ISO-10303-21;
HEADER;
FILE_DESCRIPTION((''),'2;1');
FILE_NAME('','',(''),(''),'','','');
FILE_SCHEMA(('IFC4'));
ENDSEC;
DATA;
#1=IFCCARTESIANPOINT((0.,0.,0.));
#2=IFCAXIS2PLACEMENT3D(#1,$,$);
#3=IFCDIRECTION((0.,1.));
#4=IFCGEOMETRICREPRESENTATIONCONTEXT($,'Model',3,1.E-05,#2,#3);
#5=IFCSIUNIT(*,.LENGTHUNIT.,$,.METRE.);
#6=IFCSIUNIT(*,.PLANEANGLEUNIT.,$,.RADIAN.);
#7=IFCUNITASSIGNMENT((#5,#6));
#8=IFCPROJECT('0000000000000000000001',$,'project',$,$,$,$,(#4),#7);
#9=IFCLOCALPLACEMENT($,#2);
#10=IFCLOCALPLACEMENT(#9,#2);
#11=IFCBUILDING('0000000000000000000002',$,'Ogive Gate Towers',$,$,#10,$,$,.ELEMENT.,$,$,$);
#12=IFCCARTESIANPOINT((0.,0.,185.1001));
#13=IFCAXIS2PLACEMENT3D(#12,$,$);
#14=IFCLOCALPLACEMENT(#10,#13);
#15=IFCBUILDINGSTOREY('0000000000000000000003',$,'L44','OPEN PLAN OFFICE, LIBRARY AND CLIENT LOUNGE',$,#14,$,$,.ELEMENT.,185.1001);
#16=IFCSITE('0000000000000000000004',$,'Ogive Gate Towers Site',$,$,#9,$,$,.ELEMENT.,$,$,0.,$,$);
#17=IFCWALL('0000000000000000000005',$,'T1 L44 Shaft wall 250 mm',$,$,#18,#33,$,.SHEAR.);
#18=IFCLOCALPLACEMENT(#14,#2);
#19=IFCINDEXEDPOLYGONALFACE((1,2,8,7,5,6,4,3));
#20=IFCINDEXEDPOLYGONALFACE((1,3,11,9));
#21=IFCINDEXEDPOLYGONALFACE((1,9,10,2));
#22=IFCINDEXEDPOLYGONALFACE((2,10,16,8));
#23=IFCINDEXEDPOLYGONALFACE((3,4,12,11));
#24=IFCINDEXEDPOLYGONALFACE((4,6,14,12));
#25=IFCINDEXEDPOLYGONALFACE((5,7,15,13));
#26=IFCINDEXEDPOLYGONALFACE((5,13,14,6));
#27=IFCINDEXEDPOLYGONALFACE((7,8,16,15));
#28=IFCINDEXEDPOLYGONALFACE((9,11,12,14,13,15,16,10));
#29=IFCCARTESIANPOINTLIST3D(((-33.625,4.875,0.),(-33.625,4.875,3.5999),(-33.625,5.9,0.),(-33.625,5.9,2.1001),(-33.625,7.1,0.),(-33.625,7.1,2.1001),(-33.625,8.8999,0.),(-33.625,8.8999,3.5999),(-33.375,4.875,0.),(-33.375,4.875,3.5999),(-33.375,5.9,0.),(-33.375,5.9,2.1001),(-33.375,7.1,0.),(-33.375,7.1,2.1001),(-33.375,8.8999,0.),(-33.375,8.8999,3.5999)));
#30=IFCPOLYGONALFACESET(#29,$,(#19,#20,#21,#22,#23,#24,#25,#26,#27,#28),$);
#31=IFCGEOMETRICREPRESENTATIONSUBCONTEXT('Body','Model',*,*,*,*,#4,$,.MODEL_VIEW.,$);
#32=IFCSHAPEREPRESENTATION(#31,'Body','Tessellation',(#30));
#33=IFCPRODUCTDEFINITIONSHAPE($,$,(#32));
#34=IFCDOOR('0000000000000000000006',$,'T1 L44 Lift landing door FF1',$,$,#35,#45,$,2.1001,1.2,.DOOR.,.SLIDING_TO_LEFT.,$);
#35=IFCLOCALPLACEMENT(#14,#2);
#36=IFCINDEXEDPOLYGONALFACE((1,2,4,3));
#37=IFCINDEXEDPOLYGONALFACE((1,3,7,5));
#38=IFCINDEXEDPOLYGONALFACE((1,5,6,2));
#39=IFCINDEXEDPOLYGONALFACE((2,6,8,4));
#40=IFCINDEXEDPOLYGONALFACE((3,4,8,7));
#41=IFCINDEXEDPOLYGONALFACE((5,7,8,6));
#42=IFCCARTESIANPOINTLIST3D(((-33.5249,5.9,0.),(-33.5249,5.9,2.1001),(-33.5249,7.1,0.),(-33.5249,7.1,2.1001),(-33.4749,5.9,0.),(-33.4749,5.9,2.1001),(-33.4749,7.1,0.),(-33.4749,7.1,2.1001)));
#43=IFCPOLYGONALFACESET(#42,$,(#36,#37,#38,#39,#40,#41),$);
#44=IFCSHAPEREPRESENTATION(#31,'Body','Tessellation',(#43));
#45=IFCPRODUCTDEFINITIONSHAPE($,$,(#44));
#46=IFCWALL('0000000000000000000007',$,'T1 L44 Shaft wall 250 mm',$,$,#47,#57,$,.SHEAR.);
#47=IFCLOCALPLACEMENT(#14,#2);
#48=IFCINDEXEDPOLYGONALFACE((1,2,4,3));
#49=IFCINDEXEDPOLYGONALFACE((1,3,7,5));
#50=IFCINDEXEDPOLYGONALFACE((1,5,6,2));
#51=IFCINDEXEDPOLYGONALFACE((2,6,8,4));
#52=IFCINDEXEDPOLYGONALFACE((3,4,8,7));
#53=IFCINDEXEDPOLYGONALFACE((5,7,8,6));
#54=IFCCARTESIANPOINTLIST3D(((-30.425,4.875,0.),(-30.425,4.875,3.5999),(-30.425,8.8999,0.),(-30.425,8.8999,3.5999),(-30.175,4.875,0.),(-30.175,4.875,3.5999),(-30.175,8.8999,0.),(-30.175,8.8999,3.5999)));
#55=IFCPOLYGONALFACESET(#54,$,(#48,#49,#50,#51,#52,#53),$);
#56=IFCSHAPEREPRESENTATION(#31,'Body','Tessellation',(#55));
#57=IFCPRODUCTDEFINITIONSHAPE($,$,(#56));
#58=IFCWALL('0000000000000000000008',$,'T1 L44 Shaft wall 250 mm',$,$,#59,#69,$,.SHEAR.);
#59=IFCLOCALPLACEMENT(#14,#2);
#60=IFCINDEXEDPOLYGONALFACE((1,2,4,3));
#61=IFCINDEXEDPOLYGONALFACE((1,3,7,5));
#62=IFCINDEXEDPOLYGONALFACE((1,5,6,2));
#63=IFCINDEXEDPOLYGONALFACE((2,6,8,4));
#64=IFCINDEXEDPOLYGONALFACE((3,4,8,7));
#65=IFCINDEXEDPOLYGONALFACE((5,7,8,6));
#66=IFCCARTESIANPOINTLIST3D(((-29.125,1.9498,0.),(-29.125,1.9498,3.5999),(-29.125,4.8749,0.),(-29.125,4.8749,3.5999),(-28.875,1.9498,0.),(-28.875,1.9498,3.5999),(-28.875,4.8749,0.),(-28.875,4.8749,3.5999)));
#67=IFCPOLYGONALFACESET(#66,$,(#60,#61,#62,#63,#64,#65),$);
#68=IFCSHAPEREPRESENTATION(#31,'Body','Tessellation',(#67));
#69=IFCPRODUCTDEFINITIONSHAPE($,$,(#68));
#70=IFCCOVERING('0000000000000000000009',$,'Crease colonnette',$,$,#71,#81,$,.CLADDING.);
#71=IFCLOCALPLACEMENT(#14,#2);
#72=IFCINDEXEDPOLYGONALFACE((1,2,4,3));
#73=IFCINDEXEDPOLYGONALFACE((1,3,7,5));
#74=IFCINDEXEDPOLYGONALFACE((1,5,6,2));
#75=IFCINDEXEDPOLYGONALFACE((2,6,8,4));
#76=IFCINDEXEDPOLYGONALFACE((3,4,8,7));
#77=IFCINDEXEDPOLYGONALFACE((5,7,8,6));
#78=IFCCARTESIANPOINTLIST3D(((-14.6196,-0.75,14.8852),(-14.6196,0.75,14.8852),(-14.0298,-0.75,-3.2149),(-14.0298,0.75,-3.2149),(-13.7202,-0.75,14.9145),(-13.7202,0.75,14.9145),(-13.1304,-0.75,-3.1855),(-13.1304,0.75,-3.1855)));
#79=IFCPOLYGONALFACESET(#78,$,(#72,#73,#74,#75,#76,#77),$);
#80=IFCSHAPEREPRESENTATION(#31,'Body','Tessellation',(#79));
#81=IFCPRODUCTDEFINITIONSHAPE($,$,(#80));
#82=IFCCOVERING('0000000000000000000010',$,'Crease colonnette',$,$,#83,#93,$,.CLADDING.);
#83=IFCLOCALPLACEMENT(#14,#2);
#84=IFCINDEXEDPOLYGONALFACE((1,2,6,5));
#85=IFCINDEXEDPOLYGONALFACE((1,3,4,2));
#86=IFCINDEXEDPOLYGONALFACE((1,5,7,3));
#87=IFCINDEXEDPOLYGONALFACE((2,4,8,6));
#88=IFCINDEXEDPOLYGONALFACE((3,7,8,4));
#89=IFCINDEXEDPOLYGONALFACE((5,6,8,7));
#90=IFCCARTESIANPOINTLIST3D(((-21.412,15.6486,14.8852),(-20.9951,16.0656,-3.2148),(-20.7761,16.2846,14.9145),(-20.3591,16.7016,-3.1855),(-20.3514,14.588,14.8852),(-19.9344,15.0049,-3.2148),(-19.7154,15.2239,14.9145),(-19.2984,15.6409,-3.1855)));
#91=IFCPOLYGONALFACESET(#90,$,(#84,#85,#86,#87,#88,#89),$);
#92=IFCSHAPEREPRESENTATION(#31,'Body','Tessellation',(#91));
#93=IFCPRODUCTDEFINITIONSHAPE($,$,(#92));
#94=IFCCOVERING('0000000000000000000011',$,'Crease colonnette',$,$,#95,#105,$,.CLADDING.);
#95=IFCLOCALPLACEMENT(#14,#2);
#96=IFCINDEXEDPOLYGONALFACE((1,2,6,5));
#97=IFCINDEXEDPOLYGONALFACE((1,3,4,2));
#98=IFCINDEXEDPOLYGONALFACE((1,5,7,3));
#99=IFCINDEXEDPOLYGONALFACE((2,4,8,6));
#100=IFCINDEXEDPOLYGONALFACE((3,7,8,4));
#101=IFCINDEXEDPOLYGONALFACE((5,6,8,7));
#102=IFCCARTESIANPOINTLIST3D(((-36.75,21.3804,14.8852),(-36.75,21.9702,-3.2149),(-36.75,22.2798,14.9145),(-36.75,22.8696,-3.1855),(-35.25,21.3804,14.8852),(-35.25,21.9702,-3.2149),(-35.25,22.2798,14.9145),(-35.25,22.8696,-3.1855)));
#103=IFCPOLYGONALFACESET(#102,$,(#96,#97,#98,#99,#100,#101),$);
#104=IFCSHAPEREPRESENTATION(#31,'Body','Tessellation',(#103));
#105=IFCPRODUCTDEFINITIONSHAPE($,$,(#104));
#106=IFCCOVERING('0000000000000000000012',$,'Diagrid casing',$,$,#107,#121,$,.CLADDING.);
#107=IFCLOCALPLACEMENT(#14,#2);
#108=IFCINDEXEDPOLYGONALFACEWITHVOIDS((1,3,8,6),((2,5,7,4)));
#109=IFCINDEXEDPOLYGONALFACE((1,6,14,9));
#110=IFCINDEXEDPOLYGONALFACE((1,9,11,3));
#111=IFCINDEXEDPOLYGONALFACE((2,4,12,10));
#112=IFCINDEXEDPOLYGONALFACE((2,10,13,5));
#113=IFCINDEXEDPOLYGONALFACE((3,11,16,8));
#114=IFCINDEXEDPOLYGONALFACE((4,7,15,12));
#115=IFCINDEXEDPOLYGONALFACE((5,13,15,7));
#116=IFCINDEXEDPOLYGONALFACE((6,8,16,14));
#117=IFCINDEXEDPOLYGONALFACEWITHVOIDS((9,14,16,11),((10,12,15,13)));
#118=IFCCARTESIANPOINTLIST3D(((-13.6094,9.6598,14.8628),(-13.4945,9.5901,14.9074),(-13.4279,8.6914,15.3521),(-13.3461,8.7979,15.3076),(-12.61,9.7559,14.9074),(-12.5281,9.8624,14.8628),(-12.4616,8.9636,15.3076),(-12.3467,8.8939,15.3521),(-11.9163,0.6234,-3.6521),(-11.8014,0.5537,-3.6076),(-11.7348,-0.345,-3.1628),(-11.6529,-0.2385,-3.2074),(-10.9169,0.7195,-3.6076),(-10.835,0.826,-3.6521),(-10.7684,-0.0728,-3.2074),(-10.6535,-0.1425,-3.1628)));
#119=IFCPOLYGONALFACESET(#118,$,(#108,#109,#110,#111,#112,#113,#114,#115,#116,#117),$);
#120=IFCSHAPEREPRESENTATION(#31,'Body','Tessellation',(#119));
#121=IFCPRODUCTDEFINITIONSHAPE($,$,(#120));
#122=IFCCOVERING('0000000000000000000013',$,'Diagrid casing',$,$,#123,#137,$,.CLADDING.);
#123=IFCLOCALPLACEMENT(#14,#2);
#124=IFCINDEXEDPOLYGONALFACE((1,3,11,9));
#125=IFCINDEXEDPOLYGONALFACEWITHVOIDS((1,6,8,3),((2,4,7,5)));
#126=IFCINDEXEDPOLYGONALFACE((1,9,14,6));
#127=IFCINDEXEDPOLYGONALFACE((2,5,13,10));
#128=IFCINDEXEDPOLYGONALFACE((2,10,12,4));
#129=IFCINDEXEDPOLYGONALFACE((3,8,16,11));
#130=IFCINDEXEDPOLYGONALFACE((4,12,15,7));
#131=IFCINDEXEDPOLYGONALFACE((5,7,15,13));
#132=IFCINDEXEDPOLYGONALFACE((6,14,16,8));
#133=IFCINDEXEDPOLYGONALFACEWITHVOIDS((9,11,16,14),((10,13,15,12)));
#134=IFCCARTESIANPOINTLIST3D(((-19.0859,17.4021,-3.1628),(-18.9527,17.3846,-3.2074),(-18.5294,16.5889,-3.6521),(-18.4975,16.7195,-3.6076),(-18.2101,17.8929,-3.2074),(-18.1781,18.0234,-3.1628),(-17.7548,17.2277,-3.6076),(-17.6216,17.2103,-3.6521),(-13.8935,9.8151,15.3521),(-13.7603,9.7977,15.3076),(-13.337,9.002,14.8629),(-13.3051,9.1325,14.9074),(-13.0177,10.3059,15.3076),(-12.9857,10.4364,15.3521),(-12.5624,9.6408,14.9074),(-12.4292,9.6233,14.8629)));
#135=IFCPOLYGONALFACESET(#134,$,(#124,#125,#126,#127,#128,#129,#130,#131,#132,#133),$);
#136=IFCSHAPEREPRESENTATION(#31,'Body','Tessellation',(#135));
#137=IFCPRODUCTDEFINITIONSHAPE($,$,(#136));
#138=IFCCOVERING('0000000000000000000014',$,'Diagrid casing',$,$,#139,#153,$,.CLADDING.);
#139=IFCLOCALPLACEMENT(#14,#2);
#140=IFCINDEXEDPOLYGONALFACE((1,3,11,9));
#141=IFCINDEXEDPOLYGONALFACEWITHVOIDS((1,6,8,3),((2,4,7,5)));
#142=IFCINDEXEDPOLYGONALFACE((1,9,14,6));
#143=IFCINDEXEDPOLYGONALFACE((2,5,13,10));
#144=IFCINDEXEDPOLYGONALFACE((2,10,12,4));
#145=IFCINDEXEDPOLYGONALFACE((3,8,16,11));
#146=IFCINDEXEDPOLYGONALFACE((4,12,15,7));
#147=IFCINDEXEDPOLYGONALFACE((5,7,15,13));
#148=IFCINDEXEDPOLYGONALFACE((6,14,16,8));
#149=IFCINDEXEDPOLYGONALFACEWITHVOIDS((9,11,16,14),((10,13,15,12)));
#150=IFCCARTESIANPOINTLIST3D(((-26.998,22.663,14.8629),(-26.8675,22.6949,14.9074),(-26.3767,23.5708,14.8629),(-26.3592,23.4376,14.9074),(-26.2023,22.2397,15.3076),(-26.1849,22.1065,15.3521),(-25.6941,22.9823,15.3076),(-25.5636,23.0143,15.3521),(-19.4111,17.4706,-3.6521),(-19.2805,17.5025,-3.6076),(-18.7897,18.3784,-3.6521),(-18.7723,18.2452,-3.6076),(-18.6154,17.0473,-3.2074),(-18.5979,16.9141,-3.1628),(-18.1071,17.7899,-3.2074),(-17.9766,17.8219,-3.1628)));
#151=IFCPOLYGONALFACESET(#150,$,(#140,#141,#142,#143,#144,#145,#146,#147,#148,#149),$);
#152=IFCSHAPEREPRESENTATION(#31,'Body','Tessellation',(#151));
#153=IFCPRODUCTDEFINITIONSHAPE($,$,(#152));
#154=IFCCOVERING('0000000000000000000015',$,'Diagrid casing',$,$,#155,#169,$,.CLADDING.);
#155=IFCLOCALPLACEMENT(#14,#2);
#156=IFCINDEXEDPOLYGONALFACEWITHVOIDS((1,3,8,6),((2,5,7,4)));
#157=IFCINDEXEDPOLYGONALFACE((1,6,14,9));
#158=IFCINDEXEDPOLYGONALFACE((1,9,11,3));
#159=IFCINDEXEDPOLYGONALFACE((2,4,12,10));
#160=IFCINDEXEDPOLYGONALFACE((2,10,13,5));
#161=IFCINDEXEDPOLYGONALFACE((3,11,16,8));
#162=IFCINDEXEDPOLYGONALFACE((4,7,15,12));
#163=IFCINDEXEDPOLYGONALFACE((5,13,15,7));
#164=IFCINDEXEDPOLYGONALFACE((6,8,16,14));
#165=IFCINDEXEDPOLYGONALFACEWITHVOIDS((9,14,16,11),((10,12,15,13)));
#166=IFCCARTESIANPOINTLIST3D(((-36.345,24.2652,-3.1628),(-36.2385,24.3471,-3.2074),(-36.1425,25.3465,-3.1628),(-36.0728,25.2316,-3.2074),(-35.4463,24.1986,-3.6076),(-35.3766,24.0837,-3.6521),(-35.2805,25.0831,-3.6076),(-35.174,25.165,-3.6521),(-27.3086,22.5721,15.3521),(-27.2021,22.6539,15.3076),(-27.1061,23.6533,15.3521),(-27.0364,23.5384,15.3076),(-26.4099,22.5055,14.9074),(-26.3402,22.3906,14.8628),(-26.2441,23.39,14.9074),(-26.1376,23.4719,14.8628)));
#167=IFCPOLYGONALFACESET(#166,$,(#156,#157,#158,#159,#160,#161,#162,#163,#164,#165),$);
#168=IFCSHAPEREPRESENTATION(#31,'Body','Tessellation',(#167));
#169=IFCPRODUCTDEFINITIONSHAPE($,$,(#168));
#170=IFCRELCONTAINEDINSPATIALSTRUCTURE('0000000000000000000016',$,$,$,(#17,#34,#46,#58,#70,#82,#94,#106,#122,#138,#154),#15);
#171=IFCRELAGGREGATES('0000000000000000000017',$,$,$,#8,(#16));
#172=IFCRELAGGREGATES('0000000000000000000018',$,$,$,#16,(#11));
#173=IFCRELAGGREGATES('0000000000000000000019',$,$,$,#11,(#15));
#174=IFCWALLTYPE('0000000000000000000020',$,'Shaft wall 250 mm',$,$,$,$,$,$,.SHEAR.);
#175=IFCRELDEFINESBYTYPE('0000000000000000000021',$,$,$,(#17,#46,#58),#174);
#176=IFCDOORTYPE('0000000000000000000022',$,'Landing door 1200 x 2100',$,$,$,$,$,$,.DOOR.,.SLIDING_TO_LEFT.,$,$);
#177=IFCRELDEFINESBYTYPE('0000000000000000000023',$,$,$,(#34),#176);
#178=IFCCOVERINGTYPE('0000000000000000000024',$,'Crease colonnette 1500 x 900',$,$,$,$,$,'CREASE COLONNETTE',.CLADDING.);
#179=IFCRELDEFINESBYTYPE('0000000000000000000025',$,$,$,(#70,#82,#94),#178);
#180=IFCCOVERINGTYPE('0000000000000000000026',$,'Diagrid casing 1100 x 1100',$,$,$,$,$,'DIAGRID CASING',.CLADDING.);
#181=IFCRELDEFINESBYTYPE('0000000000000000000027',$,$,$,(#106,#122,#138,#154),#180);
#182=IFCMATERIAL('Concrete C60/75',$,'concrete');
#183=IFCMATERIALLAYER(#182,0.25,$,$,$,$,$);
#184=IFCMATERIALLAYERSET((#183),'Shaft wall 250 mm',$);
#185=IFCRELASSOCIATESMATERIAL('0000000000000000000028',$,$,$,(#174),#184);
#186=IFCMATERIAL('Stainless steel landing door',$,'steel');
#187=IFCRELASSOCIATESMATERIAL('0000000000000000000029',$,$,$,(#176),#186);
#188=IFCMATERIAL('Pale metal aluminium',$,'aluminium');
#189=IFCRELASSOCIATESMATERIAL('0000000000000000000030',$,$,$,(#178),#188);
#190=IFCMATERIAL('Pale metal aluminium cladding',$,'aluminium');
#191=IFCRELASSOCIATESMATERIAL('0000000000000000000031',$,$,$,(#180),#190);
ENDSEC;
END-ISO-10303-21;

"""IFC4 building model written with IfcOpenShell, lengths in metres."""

from ifc_helpers import new_model, si_unit, direction, frame, frame_2d, origin, origin_2d, place, context, subcontext, project, spatial, rectangle, hollow_rectangle, extrude, material, layer, layer_set, material_profile, profile_set, type_object, element, fill, save


model = new_model("IFC4")

# Units and contexts
model_context = context("Model", 3, precision=1e-05, world=origin(), true_north=direction((0.0, 1.0)))
body_context = subcontext(model_context, "Body", "Model", "MODEL_VIEW")
ifc_project = project(units=[si_unit("LENGTHUNIT", "METRE"), si_unit("PLANEANGLEUNIT", "RADIAN")], contexts=[model_context])

# Site, building, storey
site_placement = place(None, origin())
site = spatial("IfcSite", under=ifc_project, at=site_placement, Name="Ogive Gate Towers Site", CompositionType="ELEMENT", RefElevation=0.0)
building_placement = place(site_placement, origin())
building = spatial("IfcBuilding", under=site, at=building_placement, Name="Ogive Gate Towers", CompositionType="ELEMENT")
storey_placement = place(building_placement, frame((0.0, 0.0, 185.1001)))
storey = spatial("IfcBuildingStorey", under=building, at=storey_placement, Name="L44", Description="OPEN PLAN OFFICE, LIBRARY AND CLIENT LOUNGE", CompositionType="ELEMENT", Elevation=185.1001)

# Wall, opening, door
ifc_material_1 = material(Name="Concrete C60/75", Category="concrete")
ifc_layer_1 = layer(ifc_material_1, 0.25)
ifc_layer_set_1 = layer_set([ifc_layer_1], Name="Shaft wall 250 mm")
wall_type_1 = type_object("IfcWallType", Name="Shaft wall 250 mm", PredefinedType="SHEAR", material=ifc_layer_set_1)
wall_1_placement = place(storey_placement, frame((-33.5, 4.875, 0.0), z_axis=(0.0, 0.0, 1.0), x_axis=(0.0, 1.0, 0.0)))
wall_1 = element("IfcWall", 1, at=wall_1_placement, inside=storey, type_object=wall_type_1, Name="T1 L44 Shaft wall 250 mm", PredefinedType="SHEAR", context=body_context, shape_type="SweptSolid", body=[
    extrude(rectangle(XDim=4.0249, YDim=0.25, at=frame_2d((2.0125, 0.0))), origin(), (0.0, 0.0, 1.0), 3.5999),
])
opening_1_placement = place(wall_1_placement, frame((1.0249, 0.0, 0.0)))
opening_1 = element("IfcOpeningElement", 2, at=opening_1_placement, cuts=wall_1, PredefinedType="OPENING", context=body_context, shape_type="SweptSolid", body=[
    extrude(rectangle(XDim=1.2, YDim=2.1001, at=frame_2d((0.6001, 1.05))), frame((0.0, 0.135, 0.0), z_axis=(0.0, -1.0, 0.0), x_axis=(1.0, 0.0, 0.0)), (0.0, 0.0, 1.0), 0.27),
])
ifc_material_2 = material(Name="Stainless steel landing door", Category="steel")
door_type_1 = type_object("IfcDoorType", Name="Landing door 1200 x 2100", OperationType="SLIDING_TO_LEFT", PredefinedType="DOOR", material=ifc_material_2)
door_1_placement = place(opening_1_placement, origin())
door_1 = element("IfcDoor", 3, at=door_1_placement, inside=storey, type_object=door_type_1, Name="T1 L44 Lift landing door FF1", OperationType="SLIDING_TO_LEFT", OverallHeight=2.1001, OverallWidth=1.2, PredefinedType="DOOR", context=body_context, shape_type="SweptSolid", body=[
    extrude(rectangle(XDim=1.2, YDim=2.1001, at=frame_2d((0.6001, 1.05))), frame((0.0, 0.0249, 0.0), z_axis=(0.0, -1.0, 0.0), x_axis=(1.0, 0.0, 0.0)), (0.0, 0.0, 1.0), 0.05),
])
fill(opening_1, door_1)

# Walls
wall_2_placement = place(storey_placement, frame((-30.3, 4.875, 0.0), z_axis=(0.0, 0.0, 1.0), x_axis=(0.0, 1.0, 0.0)))
element("IfcWall", 4, at=wall_2_placement, inside=storey, type_object=wall_type_1, Name="T1 L44 Shaft wall 250 mm", PredefinedType="SHEAR", context=body_context, shape_type="SweptSolid", body=[
    extrude(rectangle(XDim=4.0249, YDim=0.25, at=frame_2d((2.0125, 0.0))), origin(), (0.0, 0.0, 1.0), 3.5999),
])
wall_3_placement = place(storey_placement, frame((-29.0, 1.95, 0.0), z_axis=(0.0, 0.0, 1.0), x_axis=(0.0, 1.0, 0.0)))
element("IfcWall", 5, at=wall_3_placement, inside=storey, type_object=wall_type_1, Name="T1 L44 Shaft wall 250 mm", PredefinedType="SHEAR", context=body_context, shape_type="SweptSolid", body=[
    extrude(rectangle(XDim=2.925, YDim=0.25, at=frame_2d((1.4624, 0.0))), origin(), (0.0, 0.0, 1.0), 3.5999),
])

# Coverings
ifc_material_3 = material(Name="Pale metal aluminium", Category="aluminium")
ifc_material_profile_1 = material_profile(ifc_material_3, rectangle(XDim=1.5, YDim=0.8999, at=origin_2d()), Name="1500 x 900 pale metal aluminium")
ifc_profile_set_1 = profile_set([ifc_material_profile_1], Name="Pale metal aluminium")
covering_type_1 = type_object("IfcCoveringType", Name="Crease colonnette 1500 x 900", ElementType="CREASE COLONNETTE", PredefinedType="CLADDING", material=ifc_profile_set_1)
for number, where, z_axis, x_axis, name in (
    (6, (-13.5801, 0.0, -3.2002), (-0.032571, 0.0, 0.999469), (0.0, -1.0, 0.0), "Crease colonnette"),
    (7, (-20.1467, 15.8533, -3.2002), (-0.023026, -0.023026, 0.99947), (0.707107, -0.707107, 0.0), "Crease colonnette"),
    (8, (-36.0, 22.4199, -3.2002), (0.0, -0.032571, 0.999469), (1.0, 0.0, 0.0), "Crease colonnette"),
):
    element("IfcCovering", number, at=place(storey_placement, frame(where, z_axis=z_axis, x_axis=x_axis)), inside=storey, type_object=covering_type_1, Name=name, PredefinedType="CLADDING", context=body_context, shape_type="SweptSolid", body=[
        extrude(rectangle(XDim=1.5, YDim=0.8999, at=origin_2d()), origin(), (0.0, 0.0, 1.0), 18.1096),
    ])
ifc_material_4 = material(Name="Pale metal aluminium cladding", Category="aluminium")
ifc_material_profile_2 = material_profile(ifc_material_4, hollow_rectangle(XDim=1.1001, YDim=1.1001, WallThickness=0.1001, at=origin_2d()), Name="1100 x 1100 pale metal casing")
ifc_profile_set_2 = profile_set([ifc_material_profile_2], Name="Pale metal aluminium cladding")
covering_type_2 = type_object("IfcCoveringType", Name="Diagrid casing 1100 x 1100", ElementType="DIAGRID CASING", PredefinedType="CLADDING", material=ifc_profile_set_2)
for number, where, z_axis, x_axis, name in (
    (9, (-11.2849, 0.2405, -3.4075), (-0.081905, 0.437135, 0.895659), (-0.982896, -0.184162, 0.0), "Diagrid casing"),
    (10, (-18.3538, 17.3062, -3.4075), (0.251182, -0.367018, 0.895659), (0.82524, 0.564783, 0.0), "Diagrid casing"),
    (11, (-18.6938, 17.6462, -3.4075), (-0.367018, 0.251182, 0.895659), (-0.564783, -0.82524, 0.0), "Diagrid casing"),
    (12, (-35.7595, 24.7151, -3.4075), (0.437135, -0.081905, 0.895659), (0.184162, 0.982896, 0.0), "Diagrid casing"),
):
    element("IfcCovering", number, at=place(storey_placement, frame(where, z_axis=z_axis, x_axis=x_axis)), inside=storey, type_object=covering_type_2, Name=name, PredefinedType="CLADDING", context=body_context, shape_type="SweptSolid", body=[
        extrude(hollow_rectangle(XDim=1.1001, YDim=1.1001, WallThickness=0.1001, at=origin_2d()), origin(), (0.0, 0.0, 1.0), 20.6719),
    ])

save(model, "model.ifc")
